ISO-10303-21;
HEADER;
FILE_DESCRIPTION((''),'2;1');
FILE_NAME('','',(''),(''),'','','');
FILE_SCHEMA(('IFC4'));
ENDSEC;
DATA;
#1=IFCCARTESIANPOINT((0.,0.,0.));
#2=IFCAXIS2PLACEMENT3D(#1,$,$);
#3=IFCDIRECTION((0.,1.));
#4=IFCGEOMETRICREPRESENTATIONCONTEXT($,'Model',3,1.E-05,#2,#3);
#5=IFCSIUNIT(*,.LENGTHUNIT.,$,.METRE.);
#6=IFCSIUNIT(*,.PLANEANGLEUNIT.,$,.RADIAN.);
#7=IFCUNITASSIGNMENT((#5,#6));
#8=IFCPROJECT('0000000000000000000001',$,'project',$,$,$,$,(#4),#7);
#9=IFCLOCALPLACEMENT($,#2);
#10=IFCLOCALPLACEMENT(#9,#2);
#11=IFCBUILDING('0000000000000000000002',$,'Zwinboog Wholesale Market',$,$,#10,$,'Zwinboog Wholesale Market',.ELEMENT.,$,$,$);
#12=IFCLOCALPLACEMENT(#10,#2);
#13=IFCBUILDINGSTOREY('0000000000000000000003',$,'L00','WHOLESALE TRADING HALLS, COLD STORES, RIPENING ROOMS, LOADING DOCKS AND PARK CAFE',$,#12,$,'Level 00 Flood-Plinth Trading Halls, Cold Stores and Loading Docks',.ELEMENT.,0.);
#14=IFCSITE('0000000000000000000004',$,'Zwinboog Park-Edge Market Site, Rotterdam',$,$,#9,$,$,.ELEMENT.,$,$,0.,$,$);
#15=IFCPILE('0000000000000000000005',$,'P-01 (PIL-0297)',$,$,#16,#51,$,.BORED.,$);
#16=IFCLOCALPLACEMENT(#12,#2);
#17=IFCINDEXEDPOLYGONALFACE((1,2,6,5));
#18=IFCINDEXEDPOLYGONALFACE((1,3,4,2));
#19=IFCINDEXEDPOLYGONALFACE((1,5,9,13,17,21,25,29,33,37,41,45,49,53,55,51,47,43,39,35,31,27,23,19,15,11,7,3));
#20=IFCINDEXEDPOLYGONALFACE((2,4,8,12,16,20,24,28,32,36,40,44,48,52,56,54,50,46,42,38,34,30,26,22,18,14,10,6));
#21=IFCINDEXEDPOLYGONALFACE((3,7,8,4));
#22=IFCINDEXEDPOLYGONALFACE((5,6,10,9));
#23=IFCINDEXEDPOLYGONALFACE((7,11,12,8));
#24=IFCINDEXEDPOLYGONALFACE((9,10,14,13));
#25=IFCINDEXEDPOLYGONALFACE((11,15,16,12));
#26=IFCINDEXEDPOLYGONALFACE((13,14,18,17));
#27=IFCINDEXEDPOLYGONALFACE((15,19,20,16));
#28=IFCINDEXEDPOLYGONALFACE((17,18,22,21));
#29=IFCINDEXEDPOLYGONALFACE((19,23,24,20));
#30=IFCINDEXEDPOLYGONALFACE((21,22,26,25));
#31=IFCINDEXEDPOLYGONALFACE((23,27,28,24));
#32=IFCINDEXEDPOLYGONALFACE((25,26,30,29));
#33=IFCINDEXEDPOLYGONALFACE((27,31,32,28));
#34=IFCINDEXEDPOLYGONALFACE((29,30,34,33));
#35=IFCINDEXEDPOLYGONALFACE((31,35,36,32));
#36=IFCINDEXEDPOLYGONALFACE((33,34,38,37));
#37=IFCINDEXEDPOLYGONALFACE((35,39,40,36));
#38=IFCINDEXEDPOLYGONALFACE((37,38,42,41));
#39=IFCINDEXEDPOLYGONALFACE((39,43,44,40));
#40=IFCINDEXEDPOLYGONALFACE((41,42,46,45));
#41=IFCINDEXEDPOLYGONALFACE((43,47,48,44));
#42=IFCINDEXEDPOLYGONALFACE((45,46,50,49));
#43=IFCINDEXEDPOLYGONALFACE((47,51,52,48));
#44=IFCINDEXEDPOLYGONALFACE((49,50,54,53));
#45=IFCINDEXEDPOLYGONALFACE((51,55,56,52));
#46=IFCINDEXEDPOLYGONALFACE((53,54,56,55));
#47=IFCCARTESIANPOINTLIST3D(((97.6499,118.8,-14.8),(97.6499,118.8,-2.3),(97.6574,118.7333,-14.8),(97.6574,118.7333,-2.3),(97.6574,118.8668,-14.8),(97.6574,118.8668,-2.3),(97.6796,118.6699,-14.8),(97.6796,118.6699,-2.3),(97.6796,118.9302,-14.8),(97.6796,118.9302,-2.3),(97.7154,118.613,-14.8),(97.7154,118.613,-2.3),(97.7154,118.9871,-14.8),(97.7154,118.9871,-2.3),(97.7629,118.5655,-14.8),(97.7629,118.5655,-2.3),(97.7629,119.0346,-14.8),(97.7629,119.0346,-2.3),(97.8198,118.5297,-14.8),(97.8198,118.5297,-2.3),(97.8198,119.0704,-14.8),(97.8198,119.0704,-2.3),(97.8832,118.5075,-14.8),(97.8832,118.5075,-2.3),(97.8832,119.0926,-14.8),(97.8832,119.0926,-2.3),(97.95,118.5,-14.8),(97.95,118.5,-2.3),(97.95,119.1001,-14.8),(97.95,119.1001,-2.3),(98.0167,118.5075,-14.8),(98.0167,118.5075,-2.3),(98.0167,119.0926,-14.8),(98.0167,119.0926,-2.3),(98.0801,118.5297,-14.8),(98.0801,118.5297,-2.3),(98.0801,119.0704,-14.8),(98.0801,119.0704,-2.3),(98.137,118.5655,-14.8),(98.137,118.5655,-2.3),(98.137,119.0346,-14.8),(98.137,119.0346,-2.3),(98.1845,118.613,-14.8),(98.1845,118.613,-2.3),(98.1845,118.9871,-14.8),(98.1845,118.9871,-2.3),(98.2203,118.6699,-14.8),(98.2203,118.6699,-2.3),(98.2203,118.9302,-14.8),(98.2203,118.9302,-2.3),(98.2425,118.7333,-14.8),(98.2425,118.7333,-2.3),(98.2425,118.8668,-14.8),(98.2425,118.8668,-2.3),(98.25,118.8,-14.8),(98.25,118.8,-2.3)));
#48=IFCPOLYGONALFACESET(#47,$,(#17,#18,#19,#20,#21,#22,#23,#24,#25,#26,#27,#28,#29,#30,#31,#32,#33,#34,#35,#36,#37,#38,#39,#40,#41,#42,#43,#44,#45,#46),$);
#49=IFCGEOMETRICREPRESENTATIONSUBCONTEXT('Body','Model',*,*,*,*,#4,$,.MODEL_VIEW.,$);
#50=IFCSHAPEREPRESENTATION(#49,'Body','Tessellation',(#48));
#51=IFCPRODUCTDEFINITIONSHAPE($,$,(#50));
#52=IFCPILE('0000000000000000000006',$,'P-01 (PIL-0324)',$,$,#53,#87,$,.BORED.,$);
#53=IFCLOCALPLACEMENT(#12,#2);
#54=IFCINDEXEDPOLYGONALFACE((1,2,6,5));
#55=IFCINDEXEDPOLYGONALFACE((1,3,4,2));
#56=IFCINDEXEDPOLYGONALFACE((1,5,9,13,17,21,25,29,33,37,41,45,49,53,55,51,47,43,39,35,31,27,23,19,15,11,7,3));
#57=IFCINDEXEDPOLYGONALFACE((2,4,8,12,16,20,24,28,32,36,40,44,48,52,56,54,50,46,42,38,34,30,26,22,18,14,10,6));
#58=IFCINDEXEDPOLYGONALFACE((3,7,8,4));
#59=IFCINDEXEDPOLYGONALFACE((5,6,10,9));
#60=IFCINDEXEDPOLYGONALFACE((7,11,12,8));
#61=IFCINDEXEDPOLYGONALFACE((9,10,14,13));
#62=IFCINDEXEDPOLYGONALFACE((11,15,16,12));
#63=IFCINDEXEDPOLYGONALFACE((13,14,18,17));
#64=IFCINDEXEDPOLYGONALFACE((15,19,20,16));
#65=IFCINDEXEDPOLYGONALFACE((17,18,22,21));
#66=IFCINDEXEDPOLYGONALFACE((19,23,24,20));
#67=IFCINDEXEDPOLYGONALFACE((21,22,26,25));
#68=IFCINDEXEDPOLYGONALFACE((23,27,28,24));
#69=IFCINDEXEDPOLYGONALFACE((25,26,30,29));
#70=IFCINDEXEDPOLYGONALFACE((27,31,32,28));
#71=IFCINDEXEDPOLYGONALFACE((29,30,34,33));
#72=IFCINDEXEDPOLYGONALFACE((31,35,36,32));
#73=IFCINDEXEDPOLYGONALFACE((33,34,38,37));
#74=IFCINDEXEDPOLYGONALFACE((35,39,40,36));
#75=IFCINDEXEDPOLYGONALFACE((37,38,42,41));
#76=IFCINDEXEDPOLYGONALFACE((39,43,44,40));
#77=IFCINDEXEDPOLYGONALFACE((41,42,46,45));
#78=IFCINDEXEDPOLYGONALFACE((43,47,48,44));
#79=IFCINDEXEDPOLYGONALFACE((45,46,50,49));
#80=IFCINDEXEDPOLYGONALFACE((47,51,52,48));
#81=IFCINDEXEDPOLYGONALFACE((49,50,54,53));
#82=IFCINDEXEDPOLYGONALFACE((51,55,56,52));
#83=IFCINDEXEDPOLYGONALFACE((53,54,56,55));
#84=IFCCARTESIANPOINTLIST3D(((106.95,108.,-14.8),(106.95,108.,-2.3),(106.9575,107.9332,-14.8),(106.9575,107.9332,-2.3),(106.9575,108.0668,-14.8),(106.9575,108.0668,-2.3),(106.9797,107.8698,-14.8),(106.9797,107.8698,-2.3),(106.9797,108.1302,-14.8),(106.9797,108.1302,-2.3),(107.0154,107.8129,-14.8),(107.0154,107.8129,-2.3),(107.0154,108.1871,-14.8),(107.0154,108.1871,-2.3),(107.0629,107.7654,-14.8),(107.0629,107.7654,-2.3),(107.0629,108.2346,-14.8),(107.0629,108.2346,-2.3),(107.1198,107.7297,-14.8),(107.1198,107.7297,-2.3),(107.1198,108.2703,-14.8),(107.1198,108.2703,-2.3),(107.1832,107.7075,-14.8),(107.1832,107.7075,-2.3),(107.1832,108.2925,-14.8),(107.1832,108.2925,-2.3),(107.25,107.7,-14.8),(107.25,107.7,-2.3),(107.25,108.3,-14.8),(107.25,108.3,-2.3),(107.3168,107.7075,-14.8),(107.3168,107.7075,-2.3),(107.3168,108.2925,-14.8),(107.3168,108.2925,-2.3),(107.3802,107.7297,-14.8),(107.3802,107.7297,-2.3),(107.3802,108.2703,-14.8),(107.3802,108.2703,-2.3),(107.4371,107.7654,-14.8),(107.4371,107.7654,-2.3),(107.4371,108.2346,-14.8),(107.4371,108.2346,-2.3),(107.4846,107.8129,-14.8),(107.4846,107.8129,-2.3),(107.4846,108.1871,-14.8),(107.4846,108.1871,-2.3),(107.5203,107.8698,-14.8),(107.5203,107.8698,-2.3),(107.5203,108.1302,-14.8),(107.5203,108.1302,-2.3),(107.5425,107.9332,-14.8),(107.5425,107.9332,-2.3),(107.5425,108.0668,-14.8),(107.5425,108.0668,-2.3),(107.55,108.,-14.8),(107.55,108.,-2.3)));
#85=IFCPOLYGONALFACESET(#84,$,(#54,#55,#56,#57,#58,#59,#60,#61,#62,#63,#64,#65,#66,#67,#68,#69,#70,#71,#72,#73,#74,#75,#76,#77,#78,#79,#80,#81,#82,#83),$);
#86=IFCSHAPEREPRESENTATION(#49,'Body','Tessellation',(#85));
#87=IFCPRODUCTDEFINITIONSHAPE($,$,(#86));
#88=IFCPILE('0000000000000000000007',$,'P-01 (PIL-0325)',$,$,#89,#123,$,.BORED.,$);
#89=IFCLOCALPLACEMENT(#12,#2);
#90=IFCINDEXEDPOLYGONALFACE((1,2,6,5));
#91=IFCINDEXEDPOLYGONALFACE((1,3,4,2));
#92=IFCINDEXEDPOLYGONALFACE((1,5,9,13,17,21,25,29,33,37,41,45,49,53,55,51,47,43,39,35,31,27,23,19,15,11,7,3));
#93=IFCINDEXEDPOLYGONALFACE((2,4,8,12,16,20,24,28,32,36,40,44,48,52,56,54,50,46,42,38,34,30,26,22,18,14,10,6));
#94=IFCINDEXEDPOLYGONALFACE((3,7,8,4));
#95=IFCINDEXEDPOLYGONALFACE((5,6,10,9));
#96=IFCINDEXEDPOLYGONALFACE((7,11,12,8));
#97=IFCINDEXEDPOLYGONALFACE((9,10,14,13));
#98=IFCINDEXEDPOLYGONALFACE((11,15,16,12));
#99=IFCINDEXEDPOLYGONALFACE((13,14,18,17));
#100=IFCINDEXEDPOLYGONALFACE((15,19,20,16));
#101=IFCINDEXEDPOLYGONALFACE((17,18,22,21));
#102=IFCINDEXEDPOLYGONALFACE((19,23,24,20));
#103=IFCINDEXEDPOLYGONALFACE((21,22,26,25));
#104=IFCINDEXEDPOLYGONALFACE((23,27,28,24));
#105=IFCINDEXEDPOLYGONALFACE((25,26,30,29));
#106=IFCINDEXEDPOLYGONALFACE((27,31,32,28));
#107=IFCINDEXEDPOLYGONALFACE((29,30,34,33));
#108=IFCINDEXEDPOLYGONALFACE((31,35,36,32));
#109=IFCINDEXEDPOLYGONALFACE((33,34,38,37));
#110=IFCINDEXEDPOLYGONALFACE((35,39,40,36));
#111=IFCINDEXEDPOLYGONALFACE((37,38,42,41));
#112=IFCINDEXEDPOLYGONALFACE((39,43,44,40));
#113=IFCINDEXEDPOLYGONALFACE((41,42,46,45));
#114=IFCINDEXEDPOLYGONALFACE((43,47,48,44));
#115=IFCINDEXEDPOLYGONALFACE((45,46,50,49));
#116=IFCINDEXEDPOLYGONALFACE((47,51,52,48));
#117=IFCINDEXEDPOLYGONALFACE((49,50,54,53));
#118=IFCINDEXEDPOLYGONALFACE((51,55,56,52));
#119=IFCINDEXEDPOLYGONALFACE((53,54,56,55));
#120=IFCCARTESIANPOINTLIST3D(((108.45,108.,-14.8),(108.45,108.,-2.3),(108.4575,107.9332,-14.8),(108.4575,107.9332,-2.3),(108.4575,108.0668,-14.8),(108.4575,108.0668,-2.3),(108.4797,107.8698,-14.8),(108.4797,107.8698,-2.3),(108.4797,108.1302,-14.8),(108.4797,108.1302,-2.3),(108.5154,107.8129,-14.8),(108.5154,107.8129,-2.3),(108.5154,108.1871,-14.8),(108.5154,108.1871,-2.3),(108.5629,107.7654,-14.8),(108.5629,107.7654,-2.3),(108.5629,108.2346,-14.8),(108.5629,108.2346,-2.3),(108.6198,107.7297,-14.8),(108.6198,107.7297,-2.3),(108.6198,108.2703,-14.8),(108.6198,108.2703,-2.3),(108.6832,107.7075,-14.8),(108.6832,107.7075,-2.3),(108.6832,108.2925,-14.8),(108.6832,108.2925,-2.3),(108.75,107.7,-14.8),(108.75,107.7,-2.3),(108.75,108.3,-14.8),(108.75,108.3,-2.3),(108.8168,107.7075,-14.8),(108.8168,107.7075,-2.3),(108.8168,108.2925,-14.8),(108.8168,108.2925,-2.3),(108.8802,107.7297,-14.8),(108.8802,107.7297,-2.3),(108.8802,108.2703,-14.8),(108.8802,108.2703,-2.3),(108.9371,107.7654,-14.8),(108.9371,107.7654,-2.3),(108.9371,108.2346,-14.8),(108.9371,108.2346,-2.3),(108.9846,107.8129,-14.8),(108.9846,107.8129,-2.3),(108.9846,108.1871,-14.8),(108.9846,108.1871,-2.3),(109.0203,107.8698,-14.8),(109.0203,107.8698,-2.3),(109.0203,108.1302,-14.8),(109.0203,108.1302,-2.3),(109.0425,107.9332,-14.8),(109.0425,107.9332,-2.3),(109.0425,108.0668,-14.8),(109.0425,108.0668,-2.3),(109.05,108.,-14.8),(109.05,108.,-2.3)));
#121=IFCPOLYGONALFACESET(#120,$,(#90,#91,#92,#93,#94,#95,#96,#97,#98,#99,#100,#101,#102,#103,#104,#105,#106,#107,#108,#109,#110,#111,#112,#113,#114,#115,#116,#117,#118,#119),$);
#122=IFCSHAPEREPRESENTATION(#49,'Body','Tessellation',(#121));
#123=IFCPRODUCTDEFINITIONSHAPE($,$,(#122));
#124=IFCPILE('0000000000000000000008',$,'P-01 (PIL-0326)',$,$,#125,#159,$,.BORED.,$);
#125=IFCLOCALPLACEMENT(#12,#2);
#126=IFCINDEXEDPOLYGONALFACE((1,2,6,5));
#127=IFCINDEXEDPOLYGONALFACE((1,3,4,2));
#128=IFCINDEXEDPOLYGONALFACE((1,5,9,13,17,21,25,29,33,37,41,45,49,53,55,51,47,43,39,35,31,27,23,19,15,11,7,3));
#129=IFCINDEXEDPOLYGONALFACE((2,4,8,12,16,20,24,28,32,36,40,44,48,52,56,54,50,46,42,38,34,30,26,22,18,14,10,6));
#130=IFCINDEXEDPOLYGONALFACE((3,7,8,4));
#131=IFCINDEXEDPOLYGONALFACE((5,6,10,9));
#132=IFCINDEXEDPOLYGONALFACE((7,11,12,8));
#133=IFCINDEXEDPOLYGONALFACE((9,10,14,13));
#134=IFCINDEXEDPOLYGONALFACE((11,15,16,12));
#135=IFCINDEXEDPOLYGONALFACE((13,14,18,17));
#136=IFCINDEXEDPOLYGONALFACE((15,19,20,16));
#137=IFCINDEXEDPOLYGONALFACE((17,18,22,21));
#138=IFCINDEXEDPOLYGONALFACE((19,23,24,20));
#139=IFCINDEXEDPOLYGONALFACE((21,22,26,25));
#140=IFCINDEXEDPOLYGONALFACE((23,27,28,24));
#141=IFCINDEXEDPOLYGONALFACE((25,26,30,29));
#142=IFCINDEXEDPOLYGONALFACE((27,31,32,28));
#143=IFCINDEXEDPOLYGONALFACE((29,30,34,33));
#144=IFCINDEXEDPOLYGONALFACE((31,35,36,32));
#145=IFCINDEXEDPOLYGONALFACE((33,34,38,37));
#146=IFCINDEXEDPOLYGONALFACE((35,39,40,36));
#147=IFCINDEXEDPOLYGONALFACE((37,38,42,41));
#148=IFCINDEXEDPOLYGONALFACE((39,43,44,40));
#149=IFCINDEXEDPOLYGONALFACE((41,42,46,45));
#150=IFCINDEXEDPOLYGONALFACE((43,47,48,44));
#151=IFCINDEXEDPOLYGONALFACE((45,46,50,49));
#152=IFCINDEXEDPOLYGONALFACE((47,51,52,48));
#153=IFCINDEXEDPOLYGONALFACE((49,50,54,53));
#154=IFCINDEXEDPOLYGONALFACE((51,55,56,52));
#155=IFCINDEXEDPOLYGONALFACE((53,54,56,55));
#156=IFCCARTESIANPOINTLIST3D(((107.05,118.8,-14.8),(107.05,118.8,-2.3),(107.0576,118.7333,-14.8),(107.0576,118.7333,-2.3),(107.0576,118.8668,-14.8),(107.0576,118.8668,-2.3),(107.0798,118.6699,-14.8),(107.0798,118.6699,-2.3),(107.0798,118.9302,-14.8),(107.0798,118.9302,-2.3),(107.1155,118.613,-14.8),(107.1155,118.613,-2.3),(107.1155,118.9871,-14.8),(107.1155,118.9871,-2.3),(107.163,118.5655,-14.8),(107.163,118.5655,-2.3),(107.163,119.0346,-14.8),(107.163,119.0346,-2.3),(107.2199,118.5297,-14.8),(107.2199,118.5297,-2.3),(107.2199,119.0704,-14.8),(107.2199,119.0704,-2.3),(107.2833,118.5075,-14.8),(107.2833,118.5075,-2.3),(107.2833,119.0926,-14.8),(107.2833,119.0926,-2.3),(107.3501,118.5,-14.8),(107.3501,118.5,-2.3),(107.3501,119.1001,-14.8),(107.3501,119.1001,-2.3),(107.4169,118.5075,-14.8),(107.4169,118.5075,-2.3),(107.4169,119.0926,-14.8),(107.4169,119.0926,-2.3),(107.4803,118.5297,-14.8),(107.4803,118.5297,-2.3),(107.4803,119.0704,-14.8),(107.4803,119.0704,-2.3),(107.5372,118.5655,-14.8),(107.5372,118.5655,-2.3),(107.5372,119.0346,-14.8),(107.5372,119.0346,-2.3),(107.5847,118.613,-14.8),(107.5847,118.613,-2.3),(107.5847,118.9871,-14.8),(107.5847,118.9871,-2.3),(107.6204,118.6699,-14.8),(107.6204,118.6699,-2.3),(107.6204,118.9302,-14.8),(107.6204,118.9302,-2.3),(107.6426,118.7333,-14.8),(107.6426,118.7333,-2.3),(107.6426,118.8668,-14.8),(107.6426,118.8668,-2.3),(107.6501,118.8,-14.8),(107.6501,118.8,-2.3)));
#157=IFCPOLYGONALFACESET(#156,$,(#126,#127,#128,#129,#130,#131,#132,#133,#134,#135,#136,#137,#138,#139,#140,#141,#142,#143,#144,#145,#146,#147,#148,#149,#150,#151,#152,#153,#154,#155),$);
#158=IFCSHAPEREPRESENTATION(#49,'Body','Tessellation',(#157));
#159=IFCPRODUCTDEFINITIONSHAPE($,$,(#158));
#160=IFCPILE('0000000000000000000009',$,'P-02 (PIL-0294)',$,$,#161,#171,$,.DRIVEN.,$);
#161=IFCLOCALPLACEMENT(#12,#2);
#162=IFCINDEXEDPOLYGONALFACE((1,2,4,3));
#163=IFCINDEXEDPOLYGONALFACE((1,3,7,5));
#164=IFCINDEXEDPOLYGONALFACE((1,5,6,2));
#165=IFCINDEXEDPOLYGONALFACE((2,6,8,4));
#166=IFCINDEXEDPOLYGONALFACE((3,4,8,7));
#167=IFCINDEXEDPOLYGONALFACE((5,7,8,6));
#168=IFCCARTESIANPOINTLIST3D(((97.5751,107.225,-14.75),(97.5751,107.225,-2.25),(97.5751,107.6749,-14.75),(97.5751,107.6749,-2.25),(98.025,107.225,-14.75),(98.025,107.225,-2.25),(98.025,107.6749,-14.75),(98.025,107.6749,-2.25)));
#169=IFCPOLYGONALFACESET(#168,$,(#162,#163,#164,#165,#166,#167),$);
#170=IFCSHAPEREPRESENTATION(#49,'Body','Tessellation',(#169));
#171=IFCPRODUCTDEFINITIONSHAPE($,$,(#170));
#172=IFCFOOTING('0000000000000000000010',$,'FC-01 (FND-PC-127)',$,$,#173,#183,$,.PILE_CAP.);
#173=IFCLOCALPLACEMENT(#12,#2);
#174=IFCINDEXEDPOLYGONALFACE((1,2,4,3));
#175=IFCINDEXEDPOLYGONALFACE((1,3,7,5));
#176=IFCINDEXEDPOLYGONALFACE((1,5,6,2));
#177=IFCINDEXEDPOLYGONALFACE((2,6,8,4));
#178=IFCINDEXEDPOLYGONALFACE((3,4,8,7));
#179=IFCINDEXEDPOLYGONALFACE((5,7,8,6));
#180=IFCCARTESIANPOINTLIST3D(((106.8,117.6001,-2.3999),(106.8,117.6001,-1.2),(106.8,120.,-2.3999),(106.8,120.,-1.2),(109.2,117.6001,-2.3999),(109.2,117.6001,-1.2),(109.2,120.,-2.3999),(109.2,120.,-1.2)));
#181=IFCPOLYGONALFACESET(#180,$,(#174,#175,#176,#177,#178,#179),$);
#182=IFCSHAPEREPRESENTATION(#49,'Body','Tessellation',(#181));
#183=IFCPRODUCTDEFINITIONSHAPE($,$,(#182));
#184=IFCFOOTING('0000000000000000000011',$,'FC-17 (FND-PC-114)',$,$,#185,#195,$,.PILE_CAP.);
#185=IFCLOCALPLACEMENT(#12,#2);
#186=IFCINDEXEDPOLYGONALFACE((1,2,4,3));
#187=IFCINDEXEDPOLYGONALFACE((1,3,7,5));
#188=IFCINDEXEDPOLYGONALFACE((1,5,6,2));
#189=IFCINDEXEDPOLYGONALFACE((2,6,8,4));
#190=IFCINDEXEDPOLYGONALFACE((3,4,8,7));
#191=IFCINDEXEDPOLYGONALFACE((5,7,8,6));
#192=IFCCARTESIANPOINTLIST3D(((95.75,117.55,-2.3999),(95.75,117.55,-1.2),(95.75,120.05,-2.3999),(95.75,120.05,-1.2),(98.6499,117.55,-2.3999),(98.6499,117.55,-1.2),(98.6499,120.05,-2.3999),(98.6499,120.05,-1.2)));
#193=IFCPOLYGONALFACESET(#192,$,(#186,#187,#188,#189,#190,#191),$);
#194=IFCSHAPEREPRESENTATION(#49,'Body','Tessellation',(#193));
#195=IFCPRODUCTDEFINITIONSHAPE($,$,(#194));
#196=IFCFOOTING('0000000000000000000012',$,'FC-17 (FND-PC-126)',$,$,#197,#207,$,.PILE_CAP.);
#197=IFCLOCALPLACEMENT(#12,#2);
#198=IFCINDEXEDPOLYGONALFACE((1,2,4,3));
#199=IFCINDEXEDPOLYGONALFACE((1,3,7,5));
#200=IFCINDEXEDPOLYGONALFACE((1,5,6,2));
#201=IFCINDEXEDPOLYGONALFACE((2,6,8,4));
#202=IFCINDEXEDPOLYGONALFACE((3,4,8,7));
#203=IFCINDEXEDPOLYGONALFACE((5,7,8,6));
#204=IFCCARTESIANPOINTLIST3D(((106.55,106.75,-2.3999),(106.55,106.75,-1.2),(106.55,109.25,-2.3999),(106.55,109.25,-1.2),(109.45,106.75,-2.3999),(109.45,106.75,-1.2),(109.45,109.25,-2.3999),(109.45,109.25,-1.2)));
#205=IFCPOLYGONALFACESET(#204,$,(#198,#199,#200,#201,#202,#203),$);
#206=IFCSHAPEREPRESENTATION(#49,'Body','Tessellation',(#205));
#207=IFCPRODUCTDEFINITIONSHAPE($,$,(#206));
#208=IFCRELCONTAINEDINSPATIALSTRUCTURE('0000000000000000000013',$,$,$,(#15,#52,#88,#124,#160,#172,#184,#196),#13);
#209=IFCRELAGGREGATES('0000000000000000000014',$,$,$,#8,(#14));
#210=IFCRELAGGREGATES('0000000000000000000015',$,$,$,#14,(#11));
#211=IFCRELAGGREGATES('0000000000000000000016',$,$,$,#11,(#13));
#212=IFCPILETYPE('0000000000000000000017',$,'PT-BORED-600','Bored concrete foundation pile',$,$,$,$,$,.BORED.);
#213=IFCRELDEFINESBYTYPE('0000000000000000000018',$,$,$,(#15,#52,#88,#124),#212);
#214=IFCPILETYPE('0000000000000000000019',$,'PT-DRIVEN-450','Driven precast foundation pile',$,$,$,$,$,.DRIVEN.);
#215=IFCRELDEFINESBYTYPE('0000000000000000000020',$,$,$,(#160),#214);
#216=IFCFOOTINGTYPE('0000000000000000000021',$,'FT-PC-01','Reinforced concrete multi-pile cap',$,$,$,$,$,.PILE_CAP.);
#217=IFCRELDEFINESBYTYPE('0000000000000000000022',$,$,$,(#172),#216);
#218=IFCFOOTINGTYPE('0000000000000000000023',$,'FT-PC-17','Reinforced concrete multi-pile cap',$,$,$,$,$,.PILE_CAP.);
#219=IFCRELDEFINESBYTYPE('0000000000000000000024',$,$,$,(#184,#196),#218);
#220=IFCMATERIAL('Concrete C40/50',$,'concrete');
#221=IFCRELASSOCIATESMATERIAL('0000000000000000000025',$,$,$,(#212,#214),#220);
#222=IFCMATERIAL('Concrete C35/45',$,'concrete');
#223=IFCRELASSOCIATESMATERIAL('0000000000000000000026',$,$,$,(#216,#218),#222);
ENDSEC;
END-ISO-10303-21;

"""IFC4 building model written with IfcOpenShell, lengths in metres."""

from ifc_helpers import new_model, si_unit, direction, frame, origin, origin_2d, place, context, subcontext, project, spatial, rectangle, circle, extrude, material, material_profile, profile_set, type_object, element, save


model = new_model("IFC4")

# Units and contexts
model_context = context("Model", 3, precision=1e-05, world=origin(), true_north=direction((0.0, 1.0)))
body_context = subcontext(model_context, "Body", "Model", "MODEL_VIEW")
ifc_project = project(units=[si_unit("LENGTHUNIT", "METRE"), si_unit("PLANEANGLEUNIT", "RADIAN")], contexts=[model_context])

# Site, building, storey
site_placement = place(None, origin())
site = spatial("IfcSite", under=ifc_project, at=site_placement, Name="Zwinboog Park-Edge Market Site, Rotterdam", CompositionType="ELEMENT", RefElevation=0.0)
building_placement = place(site_placement, origin())
building = spatial("IfcBuilding", under=site, at=building_placement, Name="Zwinboog Wholesale Market", LongName="Zwinboog Wholesale Market", CompositionType="ELEMENT")
storey_placement = place(building_placement, origin())
storey = spatial("IfcBuildingStorey", under=building, at=storey_placement, Name="L00", Description="WHOLESALE TRADING HALLS, COLD STORES, RIPENING ROOMS, LOADING DOCKS AND PARK CAFE", LongName="Level 00 Flood-Plinth Trading Halls, Cold Stores and Loading Docks", CompositionType="ELEMENT", Elevation=0.0)

# Piles
ifc_material_1 = material(Name="Concrete C40/50", Category="concrete")
ifc_material_profile_1 = material_profile(ifc_material_1, circle(Radius=0.3, at=origin_2d()), Name="PILE D600")
ifc_profile_set_1 = profile_set([ifc_material_profile_1], Name="Concrete C40/50")
pile_type_1 = type_object("IfcPileType", Name="PT-BORED-600", Description="Bored concrete foundation pile", PredefinedType="BORED", material=ifc_profile_set_1)
for number, where, z_axis, x_axis, name in (
    (1, (97.95, 118.8, -2.3), (0.0, 0.0, -1.0), (1.0, 0.0, 0.0), "P-01 (PIL-0297)"),
    (2, (107.25, 108.0, -2.3), (0.0, 0.0, -1.0), (1.0, 0.0, 0.0), "P-01 (PIL-0324)"),
    (3, (108.75, 108.0, -2.3), (0.0, 0.0, -1.0), (1.0, 0.0, 0.0), "P-01 (PIL-0325)"),
    (4, (107.3501, 118.8, -2.3), (0.0, 0.0, -1.0), (1.0, 0.0, 0.0), "P-01 (PIL-0326)"),
):
    element("IfcPile", number, at=place(storey_placement, frame(where, z_axis=z_axis, x_axis=x_axis)), inside=storey, type_object=pile_type_1, Name=name, PredefinedType="BORED", context=body_context, shape_type="SweptSolid", body=[
        extrude(circle(Radius=0.3, at=origin_2d()), origin(), (0.0, 0.0, 1.0), 12.5),
    ])
ifc_material_profile_2 = material_profile(ifc_material_1, rectangle(XDim=0.45, YDim=0.45, at=origin_2d()), Name="PILE SQ450")
ifc_profile_set_2 = profile_set([ifc_material_profile_2], Name="Concrete C40/50")
pile_type_2 = type_object("IfcPileType", Name="PT-DRIVEN-450", Description="Driven precast foundation pile", PredefinedType="DRIVEN", material=ifc_profile_set_2)
pile_placement = place(storey_placement, frame((97.8, 107.45, -2.25), z_axis=(0.0, 0.0, -1.0), x_axis=(1.0, 0.0, 0.0)))
element("IfcPile", 5, at=pile_placement, inside=storey, type_object=pile_type_2, Name="P-02 (PIL-0294)", PredefinedType="DRIVEN", context=body_context, shape_type="SweptSolid", body=[
    extrude(rectangle(XDim=0.45, YDim=0.45, at=origin_2d()), origin(), (0.0, 0.0, 1.0), 12.5),
])

# Footings
ifc_material_2 = material(Name="Concrete C35/45", Category="concrete")
footing_type_1 = type_object("IfcFootingType", Name="FT-PC-01", Description="Reinforced concrete multi-pile cap", PredefinedType="PILE_CAP", material=ifc_material_2)
footing_placement = place(storey_placement, frame((108.0, 118.8, -2.3999), z_axis=(0.0, 0.0, 1.0), x_axis=(1.0, 0.0, 0.0)))
element("IfcFooting", 6, at=footing_placement, inside=storey, type_object=footing_type_1, Name="FC-01 (FND-PC-127)", PredefinedType="PILE_CAP", context=body_context, shape_type="SweptSolid", body=[
    extrude(rectangle(XDim=2.3999, YDim=2.3999, at=origin_2d()), origin(), (0.0, 0.0, 1.0), 1.2),
])
footing_type_2 = type_object("IfcFootingType", Name="FT-PC-17", Description="Reinforced concrete multi-pile cap", PredefinedType="PILE_CAP", material=ifc_material_2)
for number, where, z_axis, x_axis, name in (
    (7, (97.2, 118.8, -2.3999), (0.0, 0.0, 1.0), (1.0, 0.0, 0.0), "FC-17 (FND-PC-114)"),
    (8, (108.0, 108.0, -2.3999), (0.0, 0.0, 1.0), (1.0, 0.0, 0.0), "FC-17 (FND-PC-126)"),
):
    element("IfcFooting", number, at=place(storey_placement, frame(where, z_axis=z_axis, x_axis=x_axis)), inside=storey, type_object=footing_type_2, Name=name, PredefinedType="PILE_CAP", context=body_context, shape_type="SweptSolid", body=[
        extrude(rectangle(XDim=2.8999, YDim=2.5, at=origin_2d()), origin(), (0.0, 0.0, 1.0), 1.2),
    ])

save(model, "model.ifc")
